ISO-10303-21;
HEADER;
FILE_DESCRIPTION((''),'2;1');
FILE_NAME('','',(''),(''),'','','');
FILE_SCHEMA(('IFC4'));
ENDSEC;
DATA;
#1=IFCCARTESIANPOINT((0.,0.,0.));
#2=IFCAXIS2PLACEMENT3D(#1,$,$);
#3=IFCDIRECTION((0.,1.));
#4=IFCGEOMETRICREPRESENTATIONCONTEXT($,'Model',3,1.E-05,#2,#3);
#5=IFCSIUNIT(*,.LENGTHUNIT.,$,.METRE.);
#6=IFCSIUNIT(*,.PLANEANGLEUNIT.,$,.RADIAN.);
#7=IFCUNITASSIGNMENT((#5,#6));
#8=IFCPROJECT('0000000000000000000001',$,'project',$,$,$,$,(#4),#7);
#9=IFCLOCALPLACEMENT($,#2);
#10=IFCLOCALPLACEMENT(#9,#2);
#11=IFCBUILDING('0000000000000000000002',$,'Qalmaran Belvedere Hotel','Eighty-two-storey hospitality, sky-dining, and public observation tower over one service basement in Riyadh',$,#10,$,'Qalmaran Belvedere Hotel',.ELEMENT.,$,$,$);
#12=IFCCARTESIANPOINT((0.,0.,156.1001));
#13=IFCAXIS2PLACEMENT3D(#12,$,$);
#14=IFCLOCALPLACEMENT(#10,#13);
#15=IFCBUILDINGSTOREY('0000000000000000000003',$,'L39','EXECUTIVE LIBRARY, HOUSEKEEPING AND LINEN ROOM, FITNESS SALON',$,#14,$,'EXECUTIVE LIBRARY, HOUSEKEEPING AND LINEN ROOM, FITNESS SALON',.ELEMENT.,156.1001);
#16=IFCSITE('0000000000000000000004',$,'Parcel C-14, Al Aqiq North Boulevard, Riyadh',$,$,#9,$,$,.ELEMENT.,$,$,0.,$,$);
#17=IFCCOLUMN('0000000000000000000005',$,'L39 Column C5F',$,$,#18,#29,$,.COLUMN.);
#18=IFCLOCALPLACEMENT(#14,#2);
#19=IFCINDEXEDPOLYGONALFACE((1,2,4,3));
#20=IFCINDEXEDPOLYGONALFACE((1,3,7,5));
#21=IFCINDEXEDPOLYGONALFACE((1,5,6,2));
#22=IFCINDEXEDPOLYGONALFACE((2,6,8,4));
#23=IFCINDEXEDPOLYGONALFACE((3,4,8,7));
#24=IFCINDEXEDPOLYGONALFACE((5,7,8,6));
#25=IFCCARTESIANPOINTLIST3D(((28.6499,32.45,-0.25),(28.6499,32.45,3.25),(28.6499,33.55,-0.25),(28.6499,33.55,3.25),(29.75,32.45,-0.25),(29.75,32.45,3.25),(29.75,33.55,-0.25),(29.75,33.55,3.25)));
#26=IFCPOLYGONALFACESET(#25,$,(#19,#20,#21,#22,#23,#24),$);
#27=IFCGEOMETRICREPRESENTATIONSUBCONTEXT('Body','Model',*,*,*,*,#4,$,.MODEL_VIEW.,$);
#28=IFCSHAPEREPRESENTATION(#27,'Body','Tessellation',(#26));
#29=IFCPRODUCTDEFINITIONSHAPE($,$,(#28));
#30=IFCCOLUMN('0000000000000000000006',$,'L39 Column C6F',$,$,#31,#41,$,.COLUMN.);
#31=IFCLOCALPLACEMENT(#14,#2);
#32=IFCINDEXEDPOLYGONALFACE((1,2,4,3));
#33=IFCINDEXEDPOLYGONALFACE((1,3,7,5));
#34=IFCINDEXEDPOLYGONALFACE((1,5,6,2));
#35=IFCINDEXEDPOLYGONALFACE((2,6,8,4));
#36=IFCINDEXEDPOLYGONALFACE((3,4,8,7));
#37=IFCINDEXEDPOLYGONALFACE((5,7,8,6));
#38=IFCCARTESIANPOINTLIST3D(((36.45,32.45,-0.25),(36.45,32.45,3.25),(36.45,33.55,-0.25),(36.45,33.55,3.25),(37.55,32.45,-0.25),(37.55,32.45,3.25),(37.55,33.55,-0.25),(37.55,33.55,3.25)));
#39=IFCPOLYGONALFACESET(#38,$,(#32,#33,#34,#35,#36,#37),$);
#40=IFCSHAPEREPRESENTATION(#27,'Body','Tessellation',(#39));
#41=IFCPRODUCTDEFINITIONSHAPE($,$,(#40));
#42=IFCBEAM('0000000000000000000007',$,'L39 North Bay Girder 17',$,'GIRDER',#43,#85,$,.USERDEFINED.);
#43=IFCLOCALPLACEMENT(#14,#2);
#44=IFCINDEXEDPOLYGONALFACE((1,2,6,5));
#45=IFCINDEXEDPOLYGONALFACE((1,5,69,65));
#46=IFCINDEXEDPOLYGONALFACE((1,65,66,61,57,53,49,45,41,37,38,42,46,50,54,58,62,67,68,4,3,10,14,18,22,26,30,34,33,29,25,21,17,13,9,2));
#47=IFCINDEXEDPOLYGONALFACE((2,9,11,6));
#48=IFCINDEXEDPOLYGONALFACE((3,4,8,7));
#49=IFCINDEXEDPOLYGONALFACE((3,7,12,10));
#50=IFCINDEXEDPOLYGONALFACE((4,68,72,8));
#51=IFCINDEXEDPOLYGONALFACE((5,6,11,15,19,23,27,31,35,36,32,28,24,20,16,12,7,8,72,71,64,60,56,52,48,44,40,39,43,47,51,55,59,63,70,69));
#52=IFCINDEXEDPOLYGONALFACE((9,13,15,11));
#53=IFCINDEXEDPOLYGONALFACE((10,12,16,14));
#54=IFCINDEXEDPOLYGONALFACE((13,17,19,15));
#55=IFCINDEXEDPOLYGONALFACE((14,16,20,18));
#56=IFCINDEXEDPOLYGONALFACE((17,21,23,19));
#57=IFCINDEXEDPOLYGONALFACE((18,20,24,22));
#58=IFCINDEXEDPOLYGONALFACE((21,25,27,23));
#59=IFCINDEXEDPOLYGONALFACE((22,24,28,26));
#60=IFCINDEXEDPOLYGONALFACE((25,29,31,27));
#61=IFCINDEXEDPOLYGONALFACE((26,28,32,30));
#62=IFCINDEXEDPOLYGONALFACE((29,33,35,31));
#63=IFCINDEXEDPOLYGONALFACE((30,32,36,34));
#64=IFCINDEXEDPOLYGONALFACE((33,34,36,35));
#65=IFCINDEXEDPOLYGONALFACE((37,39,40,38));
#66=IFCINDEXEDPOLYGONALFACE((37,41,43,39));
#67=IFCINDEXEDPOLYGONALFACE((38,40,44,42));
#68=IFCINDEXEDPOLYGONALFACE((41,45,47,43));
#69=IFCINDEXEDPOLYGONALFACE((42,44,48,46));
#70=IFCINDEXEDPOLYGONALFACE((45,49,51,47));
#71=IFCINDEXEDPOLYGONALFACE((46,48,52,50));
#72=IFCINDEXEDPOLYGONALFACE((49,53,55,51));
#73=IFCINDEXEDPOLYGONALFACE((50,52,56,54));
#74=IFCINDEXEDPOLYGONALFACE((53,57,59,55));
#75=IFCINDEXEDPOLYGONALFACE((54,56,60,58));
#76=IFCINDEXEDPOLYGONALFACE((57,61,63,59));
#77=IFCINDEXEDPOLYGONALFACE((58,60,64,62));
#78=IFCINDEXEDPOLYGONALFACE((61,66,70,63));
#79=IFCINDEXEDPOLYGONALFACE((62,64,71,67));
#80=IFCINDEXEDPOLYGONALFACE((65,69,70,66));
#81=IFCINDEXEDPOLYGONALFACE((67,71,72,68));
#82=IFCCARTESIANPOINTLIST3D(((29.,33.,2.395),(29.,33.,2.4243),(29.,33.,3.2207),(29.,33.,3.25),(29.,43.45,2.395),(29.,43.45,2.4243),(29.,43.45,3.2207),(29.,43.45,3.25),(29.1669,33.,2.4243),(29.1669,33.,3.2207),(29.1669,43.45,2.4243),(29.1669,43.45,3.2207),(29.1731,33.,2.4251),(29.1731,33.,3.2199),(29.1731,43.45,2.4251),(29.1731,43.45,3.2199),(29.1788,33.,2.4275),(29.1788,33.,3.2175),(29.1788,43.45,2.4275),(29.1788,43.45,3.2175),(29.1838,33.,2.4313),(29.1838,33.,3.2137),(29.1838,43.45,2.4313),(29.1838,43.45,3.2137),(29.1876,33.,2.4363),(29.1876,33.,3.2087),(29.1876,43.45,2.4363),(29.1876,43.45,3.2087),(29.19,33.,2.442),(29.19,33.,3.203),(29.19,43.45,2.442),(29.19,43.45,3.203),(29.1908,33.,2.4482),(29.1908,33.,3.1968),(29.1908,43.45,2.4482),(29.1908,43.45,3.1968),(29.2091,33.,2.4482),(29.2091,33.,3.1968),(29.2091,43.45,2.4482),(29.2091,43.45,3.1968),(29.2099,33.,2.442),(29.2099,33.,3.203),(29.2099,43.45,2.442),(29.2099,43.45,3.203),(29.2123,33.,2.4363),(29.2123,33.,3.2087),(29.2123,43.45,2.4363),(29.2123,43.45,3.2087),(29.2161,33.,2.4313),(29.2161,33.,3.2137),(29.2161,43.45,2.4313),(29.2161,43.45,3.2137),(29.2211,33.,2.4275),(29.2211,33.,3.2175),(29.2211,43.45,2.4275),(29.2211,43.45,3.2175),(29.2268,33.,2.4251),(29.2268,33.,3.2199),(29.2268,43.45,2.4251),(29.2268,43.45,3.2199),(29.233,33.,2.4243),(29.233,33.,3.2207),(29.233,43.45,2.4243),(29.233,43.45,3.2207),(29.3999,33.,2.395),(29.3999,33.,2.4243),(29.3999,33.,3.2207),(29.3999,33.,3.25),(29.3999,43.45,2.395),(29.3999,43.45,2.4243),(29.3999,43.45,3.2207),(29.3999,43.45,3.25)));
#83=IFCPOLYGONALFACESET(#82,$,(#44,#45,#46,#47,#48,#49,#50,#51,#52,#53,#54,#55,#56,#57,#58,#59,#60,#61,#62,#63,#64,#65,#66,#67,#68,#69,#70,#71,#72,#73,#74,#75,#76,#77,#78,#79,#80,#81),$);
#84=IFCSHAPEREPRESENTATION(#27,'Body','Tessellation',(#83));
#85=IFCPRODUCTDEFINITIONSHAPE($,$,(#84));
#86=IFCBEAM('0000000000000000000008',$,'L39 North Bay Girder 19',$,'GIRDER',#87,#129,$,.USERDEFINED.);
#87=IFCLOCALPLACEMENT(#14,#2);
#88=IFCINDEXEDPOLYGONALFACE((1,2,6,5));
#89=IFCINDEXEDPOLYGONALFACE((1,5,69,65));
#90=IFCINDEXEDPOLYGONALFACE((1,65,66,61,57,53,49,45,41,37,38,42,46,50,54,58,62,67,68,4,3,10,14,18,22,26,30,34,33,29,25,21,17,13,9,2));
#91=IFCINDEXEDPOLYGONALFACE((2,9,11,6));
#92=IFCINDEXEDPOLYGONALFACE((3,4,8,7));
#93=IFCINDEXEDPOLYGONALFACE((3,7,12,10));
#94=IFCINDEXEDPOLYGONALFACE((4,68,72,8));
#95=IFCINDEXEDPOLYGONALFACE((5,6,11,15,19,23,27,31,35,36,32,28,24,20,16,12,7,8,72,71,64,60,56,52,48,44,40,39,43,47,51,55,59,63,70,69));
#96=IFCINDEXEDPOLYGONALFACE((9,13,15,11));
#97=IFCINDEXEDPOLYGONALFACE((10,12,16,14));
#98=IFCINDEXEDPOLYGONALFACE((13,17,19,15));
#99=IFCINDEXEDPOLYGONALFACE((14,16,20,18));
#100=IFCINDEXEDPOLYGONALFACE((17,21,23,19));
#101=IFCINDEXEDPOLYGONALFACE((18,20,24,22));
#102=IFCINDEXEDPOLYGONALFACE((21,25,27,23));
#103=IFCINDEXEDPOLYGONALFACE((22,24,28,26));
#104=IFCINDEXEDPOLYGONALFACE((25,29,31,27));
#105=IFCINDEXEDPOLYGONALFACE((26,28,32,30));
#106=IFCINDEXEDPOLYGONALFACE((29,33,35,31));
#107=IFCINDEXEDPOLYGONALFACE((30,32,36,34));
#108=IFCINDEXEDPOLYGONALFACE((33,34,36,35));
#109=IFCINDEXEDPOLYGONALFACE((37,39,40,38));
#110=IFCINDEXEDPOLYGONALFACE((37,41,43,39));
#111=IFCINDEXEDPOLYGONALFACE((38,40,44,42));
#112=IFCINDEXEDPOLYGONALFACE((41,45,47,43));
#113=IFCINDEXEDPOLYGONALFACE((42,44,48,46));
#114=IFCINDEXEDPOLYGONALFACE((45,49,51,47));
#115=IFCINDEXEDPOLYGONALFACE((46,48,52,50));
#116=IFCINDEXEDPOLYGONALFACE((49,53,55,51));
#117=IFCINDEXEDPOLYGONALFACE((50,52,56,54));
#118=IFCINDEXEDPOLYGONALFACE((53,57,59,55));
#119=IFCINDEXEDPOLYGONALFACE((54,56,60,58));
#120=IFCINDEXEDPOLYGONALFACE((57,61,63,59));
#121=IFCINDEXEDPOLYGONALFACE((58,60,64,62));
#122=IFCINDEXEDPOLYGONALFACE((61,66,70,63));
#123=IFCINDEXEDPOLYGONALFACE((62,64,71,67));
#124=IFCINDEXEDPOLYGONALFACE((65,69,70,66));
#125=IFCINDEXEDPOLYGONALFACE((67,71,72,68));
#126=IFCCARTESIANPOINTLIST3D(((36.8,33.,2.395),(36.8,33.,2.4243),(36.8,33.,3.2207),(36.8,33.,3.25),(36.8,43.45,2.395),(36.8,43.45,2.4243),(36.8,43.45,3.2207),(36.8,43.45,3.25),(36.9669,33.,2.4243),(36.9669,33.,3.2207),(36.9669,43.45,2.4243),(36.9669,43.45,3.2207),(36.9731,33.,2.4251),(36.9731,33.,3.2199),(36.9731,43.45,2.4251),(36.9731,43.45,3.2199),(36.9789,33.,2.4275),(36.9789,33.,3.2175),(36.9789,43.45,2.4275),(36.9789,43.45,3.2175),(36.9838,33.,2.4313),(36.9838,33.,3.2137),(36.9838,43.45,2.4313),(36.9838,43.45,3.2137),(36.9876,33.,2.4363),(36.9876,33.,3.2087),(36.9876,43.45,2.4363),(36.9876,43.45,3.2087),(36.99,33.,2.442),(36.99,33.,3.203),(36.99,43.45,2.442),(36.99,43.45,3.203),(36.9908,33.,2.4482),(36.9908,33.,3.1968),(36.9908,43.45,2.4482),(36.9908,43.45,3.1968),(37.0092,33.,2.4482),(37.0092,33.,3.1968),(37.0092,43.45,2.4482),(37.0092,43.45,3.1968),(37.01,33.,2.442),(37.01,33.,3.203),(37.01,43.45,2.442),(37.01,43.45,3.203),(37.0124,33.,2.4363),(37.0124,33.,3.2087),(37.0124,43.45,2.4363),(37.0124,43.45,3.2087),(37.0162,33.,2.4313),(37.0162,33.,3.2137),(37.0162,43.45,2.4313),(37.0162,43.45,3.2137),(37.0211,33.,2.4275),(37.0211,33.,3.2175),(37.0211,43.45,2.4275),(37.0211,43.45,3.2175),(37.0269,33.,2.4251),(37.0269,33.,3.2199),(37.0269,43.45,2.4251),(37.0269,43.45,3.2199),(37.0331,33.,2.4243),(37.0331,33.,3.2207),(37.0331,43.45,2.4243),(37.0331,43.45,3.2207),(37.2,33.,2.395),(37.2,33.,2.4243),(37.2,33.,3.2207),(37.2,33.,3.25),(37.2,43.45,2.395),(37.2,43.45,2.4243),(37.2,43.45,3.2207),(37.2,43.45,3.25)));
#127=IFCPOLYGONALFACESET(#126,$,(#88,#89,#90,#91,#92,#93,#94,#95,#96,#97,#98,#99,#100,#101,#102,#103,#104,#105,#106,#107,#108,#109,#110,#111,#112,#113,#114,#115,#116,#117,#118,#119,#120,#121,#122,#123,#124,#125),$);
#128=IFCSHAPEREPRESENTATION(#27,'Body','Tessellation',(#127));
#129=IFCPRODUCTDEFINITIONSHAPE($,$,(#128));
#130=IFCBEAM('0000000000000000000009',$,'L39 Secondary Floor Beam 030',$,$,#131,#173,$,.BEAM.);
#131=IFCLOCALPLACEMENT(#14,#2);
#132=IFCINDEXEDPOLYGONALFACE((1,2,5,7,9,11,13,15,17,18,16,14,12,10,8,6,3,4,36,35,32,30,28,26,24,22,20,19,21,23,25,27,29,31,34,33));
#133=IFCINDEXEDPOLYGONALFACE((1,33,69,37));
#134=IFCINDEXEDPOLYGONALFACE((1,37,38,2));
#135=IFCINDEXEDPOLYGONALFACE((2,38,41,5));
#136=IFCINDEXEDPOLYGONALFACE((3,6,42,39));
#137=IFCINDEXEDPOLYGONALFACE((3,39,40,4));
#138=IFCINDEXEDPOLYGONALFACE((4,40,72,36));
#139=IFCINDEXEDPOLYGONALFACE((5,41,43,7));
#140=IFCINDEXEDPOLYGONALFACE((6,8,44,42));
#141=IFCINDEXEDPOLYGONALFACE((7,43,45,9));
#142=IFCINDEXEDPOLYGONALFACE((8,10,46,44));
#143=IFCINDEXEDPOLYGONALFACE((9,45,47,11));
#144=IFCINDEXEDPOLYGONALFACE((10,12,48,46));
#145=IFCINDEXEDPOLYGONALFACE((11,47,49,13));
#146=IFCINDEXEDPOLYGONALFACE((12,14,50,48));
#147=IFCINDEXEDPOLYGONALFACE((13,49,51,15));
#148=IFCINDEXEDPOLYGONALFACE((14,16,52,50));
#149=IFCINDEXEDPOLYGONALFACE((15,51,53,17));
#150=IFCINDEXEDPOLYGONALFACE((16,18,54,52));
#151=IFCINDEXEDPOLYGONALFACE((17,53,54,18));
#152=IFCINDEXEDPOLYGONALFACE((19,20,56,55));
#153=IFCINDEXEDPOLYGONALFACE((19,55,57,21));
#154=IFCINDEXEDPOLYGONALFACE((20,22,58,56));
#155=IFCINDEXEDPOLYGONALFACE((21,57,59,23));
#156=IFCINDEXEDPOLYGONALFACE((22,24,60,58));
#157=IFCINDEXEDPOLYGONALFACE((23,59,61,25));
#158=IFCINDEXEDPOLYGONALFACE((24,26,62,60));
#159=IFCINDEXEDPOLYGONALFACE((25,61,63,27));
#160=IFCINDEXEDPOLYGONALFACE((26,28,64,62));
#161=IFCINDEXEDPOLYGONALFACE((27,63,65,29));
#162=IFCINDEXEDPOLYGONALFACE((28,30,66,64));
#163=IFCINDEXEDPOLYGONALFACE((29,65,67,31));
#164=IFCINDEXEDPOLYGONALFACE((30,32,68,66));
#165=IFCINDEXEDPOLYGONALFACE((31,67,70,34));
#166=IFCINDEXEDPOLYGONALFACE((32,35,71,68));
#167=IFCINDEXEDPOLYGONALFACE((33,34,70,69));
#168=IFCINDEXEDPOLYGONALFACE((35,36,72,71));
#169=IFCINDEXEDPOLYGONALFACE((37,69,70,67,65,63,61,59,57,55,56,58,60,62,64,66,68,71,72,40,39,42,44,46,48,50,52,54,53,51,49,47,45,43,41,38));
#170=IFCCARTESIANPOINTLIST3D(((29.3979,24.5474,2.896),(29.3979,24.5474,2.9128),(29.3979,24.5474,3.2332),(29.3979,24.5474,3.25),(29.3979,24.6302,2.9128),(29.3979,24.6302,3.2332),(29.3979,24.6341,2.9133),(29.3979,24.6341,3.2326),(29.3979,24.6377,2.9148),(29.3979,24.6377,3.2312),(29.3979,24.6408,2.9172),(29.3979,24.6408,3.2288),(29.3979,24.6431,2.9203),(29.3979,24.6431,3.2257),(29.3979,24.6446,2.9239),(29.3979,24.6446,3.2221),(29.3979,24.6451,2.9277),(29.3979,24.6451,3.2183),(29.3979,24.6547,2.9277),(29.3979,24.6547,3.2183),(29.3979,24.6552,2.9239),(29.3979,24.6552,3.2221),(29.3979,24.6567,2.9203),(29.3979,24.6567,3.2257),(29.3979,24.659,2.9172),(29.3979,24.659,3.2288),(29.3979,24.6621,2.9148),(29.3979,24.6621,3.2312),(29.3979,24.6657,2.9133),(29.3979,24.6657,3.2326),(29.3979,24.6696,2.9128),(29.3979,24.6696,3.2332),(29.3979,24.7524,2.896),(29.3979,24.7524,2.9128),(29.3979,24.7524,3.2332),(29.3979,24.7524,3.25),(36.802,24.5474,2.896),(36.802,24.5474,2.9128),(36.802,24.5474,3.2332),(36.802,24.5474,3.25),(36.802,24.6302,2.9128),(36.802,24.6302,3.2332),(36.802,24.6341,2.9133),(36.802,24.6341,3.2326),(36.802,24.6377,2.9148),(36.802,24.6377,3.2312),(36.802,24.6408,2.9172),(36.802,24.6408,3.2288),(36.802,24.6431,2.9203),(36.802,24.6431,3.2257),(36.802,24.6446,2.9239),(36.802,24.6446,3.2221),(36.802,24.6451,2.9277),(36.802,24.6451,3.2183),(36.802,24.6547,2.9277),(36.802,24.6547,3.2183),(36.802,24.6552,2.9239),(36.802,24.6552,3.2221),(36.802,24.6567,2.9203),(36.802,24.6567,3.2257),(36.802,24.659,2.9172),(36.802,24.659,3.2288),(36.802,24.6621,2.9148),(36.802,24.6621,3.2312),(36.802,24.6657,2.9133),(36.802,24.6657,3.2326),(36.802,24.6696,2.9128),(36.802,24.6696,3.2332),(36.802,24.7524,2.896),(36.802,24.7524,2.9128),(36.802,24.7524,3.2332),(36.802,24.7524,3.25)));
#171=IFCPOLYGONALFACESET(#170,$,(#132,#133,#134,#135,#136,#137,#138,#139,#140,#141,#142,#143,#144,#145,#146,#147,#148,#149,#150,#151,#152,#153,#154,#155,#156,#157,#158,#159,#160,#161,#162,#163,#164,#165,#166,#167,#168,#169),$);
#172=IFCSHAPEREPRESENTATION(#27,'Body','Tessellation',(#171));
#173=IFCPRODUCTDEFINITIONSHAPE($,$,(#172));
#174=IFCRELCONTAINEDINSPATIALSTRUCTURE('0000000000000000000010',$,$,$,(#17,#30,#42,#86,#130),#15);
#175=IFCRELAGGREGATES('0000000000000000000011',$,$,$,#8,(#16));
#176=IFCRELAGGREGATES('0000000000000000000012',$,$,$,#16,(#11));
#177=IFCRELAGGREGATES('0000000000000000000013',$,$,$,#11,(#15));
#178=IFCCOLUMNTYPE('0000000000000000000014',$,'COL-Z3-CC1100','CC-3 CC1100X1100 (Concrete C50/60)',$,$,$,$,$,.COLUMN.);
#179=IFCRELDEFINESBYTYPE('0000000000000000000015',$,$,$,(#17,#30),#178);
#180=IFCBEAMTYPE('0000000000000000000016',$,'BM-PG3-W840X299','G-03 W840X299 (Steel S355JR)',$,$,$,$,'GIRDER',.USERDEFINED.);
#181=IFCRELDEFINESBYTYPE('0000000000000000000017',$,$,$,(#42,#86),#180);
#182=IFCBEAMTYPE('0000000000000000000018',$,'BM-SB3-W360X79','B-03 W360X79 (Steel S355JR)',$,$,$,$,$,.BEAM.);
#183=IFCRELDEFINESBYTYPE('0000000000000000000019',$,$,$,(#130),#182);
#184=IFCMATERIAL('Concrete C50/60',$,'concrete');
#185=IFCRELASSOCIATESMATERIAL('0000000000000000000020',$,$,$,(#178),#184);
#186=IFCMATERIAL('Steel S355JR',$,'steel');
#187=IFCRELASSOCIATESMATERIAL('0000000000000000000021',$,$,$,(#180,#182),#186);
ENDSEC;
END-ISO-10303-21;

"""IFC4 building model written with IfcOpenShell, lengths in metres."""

from ifc_helpers import new_model, si_unit, direction, frame, origin, origin_2d, place, context, subcontext, project, spatial, rectangle, i_section, extrude, material, material_profile, profile_set, type_object, element, save


model = new_model("IFC4")

# Units and contexts
model_context = context("Model", 3, precision=1e-05, world=origin(), true_north=direction((0.0, 1.0)))
body_context = subcontext(model_context, "Body", "Model", "MODEL_VIEW")
ifc_project = project(units=[si_unit("LENGTHUNIT", "METRE"), si_unit("PLANEANGLEUNIT", "RADIAN")], contexts=[model_context])

# Site, building, storey
site_placement = place(None, origin())
site = spatial("IfcSite", under=ifc_project, at=site_placement, Name="Parcel C-14, Al Aqiq North Boulevard, Riyadh", CompositionType="ELEMENT", RefElevation=0.0)
building_placement = place(site_placement, origin())
building = spatial("IfcBuilding", under=site, at=building_placement, Name="Qalmaran Belvedere Hotel", Description="Eighty-two-storey hospitality, sky-dining, and public observation tower over one service basement in Riyadh", LongName="Qalmaran Belvedere Hotel", CompositionType="ELEMENT")
storey_placement = place(building_placement, frame((0.0, 0.0, 156.1001)))
storey = spatial("IfcBuildingStorey", under=building, at=storey_placement, Name="L39", Description="EXECUTIVE LIBRARY, HOUSEKEEPING AND LINEN ROOM, FITNESS SALON", LongName="EXECUTIVE LIBRARY, HOUSEKEEPING AND LINEN ROOM, FITNESS SALON", CompositionType="ELEMENT", Elevation=156.1001)

# Columns
ifc_material_1 = material(Name="Concrete C50/60", Category="concrete")
ifc_material_profile_1 = material_profile(ifc_material_1, rectangle(XDim=1.1001, YDim=1.1001, at=origin_2d()), Name="CC1100X1100")
ifc_profile_set_1 = profile_set([ifc_material_profile_1], Name="Concrete C50/60")
column_type = type_object("IfcColumnType", Name="COL-Z3-CC1100", Description="CC-3 CC1100X1100 (Concrete C50/60)", PredefinedType="COLUMN", material=ifc_profile_set_1)
for number, where, z_axis, x_axis, name in (
    (1, (29.2, 33.0, -0.25), (0.0, 0.0, 1.0), (1.0, 0.0, 0.0), "L39 Column C5F"),
    (2, (37.0, 33.0, -0.25), (0.0, 0.0, 1.0), (1.0, 0.0, 0.0), "L39 Column C6F"),
):
    element("IfcColumn", number, at=place(storey_placement, frame(where, z_axis=z_axis, x_axis=x_axis)), inside=storey, type_object=column_type, Name=name, PredefinedType="COLUMN", context=body_context, shape_type="SweptSolid", body=[
        extrude(rectangle(XDim=1.1001, YDim=1.1001, at=origin_2d()), origin(), (0.0, 0.0, 1.0), 3.5),
    ])

# Beams
ifc_material_2 = material(Name="Steel S355JR", Category="steel")
ifc_material_profile_2 = material_profile(ifc_material_2, i_section(OverallWidth=0.3999, OverallDepth=0.855, WebThickness=0.0183, FlangeThickness=0.0293, FilletRadius=0.0239, at=origin_2d()), Name="W840X299")
ifc_profile_set_2 = profile_set([ifc_material_profile_2], Name="Steel S355JR")
beam_type_1 = type_object("IfcBeamType", Name="BM-PG3-W840X299", Description="G-03 W840X299 (Steel S355JR)", ElementType="GIRDER", PredefinedType="USERDEFINED", material=ifc_profile_set_2)
for number, where, z_axis, x_axis, name in (
    (3, (29.2, 33.0, 2.8225), (0.0, 1.0, 0.0), (-1.0, 0.0, 0.0), "L39 North Bay Girder 17"),
    (4, (37.0, 33.0, 2.8225), (0.0, 1.0, 0.0), (-1.0, 0.0, 0.0), "L39 North Bay Girder 19"),
):
    element("IfcBeam", number, at=place(storey_placement, frame(where, z_axis=z_axis, x_axis=x_axis)), inside=storey, type_object=beam_type_1, Name=name, ObjectType="GIRDER", PredefinedType="USERDEFINED", context=body_context, shape_type="SweptSolid", body=[
        extrude(i_section(OverallWidth=0.3999, OverallDepth=0.855, WebThickness=0.0183, FlangeThickness=0.0293, FilletRadius=0.0239, at=origin_2d()), origin(), (0.0, 0.0, 1.0), 10.45),
    ])
ifc_material_profile_3 = material_profile(ifc_material_2, i_section(OverallWidth=0.2051, OverallDepth=0.354, WebThickness=0.0095, FlangeThickness=0.0168, FilletRadius=0.0149, at=origin_2d()), Name="W360X79")
ifc_profile_set_3 = profile_set([ifc_material_profile_3], Name="Steel S355JR")
beam_type_2 = type_object("IfcBeamType", Name="BM-SB3-W360X79", Description="B-03 W360X79 (Steel S355JR)", PredefinedType="BEAM", material=ifc_profile_set_3)
for number, where, z_axis, x_axis, name in (
    (5, (29.3979, 24.6499, 3.073), (1.0, 0.0, 0.0), (0.0, 1.0, 0.0), "L39 Secondary Floor Beam 030"),
):
    element("IfcBeam", number, at=place(storey_placement, frame(where, z_axis=z_axis, x_axis=x_axis)), inside=storey, type_object=beam_type_2, Name=name, PredefinedType="BEAM", context=body_context, shape_type="SweptSolid", body=[
        extrude(i_section(OverallWidth=0.2051, OverallDepth=0.354, WebThickness=0.0095, FlangeThickness=0.0168, FilletRadius=0.0149, at=origin_2d()), origin(), (0.0, 0.0, 1.0), 7.4041),
    ])

save(model, "model.ifc")
